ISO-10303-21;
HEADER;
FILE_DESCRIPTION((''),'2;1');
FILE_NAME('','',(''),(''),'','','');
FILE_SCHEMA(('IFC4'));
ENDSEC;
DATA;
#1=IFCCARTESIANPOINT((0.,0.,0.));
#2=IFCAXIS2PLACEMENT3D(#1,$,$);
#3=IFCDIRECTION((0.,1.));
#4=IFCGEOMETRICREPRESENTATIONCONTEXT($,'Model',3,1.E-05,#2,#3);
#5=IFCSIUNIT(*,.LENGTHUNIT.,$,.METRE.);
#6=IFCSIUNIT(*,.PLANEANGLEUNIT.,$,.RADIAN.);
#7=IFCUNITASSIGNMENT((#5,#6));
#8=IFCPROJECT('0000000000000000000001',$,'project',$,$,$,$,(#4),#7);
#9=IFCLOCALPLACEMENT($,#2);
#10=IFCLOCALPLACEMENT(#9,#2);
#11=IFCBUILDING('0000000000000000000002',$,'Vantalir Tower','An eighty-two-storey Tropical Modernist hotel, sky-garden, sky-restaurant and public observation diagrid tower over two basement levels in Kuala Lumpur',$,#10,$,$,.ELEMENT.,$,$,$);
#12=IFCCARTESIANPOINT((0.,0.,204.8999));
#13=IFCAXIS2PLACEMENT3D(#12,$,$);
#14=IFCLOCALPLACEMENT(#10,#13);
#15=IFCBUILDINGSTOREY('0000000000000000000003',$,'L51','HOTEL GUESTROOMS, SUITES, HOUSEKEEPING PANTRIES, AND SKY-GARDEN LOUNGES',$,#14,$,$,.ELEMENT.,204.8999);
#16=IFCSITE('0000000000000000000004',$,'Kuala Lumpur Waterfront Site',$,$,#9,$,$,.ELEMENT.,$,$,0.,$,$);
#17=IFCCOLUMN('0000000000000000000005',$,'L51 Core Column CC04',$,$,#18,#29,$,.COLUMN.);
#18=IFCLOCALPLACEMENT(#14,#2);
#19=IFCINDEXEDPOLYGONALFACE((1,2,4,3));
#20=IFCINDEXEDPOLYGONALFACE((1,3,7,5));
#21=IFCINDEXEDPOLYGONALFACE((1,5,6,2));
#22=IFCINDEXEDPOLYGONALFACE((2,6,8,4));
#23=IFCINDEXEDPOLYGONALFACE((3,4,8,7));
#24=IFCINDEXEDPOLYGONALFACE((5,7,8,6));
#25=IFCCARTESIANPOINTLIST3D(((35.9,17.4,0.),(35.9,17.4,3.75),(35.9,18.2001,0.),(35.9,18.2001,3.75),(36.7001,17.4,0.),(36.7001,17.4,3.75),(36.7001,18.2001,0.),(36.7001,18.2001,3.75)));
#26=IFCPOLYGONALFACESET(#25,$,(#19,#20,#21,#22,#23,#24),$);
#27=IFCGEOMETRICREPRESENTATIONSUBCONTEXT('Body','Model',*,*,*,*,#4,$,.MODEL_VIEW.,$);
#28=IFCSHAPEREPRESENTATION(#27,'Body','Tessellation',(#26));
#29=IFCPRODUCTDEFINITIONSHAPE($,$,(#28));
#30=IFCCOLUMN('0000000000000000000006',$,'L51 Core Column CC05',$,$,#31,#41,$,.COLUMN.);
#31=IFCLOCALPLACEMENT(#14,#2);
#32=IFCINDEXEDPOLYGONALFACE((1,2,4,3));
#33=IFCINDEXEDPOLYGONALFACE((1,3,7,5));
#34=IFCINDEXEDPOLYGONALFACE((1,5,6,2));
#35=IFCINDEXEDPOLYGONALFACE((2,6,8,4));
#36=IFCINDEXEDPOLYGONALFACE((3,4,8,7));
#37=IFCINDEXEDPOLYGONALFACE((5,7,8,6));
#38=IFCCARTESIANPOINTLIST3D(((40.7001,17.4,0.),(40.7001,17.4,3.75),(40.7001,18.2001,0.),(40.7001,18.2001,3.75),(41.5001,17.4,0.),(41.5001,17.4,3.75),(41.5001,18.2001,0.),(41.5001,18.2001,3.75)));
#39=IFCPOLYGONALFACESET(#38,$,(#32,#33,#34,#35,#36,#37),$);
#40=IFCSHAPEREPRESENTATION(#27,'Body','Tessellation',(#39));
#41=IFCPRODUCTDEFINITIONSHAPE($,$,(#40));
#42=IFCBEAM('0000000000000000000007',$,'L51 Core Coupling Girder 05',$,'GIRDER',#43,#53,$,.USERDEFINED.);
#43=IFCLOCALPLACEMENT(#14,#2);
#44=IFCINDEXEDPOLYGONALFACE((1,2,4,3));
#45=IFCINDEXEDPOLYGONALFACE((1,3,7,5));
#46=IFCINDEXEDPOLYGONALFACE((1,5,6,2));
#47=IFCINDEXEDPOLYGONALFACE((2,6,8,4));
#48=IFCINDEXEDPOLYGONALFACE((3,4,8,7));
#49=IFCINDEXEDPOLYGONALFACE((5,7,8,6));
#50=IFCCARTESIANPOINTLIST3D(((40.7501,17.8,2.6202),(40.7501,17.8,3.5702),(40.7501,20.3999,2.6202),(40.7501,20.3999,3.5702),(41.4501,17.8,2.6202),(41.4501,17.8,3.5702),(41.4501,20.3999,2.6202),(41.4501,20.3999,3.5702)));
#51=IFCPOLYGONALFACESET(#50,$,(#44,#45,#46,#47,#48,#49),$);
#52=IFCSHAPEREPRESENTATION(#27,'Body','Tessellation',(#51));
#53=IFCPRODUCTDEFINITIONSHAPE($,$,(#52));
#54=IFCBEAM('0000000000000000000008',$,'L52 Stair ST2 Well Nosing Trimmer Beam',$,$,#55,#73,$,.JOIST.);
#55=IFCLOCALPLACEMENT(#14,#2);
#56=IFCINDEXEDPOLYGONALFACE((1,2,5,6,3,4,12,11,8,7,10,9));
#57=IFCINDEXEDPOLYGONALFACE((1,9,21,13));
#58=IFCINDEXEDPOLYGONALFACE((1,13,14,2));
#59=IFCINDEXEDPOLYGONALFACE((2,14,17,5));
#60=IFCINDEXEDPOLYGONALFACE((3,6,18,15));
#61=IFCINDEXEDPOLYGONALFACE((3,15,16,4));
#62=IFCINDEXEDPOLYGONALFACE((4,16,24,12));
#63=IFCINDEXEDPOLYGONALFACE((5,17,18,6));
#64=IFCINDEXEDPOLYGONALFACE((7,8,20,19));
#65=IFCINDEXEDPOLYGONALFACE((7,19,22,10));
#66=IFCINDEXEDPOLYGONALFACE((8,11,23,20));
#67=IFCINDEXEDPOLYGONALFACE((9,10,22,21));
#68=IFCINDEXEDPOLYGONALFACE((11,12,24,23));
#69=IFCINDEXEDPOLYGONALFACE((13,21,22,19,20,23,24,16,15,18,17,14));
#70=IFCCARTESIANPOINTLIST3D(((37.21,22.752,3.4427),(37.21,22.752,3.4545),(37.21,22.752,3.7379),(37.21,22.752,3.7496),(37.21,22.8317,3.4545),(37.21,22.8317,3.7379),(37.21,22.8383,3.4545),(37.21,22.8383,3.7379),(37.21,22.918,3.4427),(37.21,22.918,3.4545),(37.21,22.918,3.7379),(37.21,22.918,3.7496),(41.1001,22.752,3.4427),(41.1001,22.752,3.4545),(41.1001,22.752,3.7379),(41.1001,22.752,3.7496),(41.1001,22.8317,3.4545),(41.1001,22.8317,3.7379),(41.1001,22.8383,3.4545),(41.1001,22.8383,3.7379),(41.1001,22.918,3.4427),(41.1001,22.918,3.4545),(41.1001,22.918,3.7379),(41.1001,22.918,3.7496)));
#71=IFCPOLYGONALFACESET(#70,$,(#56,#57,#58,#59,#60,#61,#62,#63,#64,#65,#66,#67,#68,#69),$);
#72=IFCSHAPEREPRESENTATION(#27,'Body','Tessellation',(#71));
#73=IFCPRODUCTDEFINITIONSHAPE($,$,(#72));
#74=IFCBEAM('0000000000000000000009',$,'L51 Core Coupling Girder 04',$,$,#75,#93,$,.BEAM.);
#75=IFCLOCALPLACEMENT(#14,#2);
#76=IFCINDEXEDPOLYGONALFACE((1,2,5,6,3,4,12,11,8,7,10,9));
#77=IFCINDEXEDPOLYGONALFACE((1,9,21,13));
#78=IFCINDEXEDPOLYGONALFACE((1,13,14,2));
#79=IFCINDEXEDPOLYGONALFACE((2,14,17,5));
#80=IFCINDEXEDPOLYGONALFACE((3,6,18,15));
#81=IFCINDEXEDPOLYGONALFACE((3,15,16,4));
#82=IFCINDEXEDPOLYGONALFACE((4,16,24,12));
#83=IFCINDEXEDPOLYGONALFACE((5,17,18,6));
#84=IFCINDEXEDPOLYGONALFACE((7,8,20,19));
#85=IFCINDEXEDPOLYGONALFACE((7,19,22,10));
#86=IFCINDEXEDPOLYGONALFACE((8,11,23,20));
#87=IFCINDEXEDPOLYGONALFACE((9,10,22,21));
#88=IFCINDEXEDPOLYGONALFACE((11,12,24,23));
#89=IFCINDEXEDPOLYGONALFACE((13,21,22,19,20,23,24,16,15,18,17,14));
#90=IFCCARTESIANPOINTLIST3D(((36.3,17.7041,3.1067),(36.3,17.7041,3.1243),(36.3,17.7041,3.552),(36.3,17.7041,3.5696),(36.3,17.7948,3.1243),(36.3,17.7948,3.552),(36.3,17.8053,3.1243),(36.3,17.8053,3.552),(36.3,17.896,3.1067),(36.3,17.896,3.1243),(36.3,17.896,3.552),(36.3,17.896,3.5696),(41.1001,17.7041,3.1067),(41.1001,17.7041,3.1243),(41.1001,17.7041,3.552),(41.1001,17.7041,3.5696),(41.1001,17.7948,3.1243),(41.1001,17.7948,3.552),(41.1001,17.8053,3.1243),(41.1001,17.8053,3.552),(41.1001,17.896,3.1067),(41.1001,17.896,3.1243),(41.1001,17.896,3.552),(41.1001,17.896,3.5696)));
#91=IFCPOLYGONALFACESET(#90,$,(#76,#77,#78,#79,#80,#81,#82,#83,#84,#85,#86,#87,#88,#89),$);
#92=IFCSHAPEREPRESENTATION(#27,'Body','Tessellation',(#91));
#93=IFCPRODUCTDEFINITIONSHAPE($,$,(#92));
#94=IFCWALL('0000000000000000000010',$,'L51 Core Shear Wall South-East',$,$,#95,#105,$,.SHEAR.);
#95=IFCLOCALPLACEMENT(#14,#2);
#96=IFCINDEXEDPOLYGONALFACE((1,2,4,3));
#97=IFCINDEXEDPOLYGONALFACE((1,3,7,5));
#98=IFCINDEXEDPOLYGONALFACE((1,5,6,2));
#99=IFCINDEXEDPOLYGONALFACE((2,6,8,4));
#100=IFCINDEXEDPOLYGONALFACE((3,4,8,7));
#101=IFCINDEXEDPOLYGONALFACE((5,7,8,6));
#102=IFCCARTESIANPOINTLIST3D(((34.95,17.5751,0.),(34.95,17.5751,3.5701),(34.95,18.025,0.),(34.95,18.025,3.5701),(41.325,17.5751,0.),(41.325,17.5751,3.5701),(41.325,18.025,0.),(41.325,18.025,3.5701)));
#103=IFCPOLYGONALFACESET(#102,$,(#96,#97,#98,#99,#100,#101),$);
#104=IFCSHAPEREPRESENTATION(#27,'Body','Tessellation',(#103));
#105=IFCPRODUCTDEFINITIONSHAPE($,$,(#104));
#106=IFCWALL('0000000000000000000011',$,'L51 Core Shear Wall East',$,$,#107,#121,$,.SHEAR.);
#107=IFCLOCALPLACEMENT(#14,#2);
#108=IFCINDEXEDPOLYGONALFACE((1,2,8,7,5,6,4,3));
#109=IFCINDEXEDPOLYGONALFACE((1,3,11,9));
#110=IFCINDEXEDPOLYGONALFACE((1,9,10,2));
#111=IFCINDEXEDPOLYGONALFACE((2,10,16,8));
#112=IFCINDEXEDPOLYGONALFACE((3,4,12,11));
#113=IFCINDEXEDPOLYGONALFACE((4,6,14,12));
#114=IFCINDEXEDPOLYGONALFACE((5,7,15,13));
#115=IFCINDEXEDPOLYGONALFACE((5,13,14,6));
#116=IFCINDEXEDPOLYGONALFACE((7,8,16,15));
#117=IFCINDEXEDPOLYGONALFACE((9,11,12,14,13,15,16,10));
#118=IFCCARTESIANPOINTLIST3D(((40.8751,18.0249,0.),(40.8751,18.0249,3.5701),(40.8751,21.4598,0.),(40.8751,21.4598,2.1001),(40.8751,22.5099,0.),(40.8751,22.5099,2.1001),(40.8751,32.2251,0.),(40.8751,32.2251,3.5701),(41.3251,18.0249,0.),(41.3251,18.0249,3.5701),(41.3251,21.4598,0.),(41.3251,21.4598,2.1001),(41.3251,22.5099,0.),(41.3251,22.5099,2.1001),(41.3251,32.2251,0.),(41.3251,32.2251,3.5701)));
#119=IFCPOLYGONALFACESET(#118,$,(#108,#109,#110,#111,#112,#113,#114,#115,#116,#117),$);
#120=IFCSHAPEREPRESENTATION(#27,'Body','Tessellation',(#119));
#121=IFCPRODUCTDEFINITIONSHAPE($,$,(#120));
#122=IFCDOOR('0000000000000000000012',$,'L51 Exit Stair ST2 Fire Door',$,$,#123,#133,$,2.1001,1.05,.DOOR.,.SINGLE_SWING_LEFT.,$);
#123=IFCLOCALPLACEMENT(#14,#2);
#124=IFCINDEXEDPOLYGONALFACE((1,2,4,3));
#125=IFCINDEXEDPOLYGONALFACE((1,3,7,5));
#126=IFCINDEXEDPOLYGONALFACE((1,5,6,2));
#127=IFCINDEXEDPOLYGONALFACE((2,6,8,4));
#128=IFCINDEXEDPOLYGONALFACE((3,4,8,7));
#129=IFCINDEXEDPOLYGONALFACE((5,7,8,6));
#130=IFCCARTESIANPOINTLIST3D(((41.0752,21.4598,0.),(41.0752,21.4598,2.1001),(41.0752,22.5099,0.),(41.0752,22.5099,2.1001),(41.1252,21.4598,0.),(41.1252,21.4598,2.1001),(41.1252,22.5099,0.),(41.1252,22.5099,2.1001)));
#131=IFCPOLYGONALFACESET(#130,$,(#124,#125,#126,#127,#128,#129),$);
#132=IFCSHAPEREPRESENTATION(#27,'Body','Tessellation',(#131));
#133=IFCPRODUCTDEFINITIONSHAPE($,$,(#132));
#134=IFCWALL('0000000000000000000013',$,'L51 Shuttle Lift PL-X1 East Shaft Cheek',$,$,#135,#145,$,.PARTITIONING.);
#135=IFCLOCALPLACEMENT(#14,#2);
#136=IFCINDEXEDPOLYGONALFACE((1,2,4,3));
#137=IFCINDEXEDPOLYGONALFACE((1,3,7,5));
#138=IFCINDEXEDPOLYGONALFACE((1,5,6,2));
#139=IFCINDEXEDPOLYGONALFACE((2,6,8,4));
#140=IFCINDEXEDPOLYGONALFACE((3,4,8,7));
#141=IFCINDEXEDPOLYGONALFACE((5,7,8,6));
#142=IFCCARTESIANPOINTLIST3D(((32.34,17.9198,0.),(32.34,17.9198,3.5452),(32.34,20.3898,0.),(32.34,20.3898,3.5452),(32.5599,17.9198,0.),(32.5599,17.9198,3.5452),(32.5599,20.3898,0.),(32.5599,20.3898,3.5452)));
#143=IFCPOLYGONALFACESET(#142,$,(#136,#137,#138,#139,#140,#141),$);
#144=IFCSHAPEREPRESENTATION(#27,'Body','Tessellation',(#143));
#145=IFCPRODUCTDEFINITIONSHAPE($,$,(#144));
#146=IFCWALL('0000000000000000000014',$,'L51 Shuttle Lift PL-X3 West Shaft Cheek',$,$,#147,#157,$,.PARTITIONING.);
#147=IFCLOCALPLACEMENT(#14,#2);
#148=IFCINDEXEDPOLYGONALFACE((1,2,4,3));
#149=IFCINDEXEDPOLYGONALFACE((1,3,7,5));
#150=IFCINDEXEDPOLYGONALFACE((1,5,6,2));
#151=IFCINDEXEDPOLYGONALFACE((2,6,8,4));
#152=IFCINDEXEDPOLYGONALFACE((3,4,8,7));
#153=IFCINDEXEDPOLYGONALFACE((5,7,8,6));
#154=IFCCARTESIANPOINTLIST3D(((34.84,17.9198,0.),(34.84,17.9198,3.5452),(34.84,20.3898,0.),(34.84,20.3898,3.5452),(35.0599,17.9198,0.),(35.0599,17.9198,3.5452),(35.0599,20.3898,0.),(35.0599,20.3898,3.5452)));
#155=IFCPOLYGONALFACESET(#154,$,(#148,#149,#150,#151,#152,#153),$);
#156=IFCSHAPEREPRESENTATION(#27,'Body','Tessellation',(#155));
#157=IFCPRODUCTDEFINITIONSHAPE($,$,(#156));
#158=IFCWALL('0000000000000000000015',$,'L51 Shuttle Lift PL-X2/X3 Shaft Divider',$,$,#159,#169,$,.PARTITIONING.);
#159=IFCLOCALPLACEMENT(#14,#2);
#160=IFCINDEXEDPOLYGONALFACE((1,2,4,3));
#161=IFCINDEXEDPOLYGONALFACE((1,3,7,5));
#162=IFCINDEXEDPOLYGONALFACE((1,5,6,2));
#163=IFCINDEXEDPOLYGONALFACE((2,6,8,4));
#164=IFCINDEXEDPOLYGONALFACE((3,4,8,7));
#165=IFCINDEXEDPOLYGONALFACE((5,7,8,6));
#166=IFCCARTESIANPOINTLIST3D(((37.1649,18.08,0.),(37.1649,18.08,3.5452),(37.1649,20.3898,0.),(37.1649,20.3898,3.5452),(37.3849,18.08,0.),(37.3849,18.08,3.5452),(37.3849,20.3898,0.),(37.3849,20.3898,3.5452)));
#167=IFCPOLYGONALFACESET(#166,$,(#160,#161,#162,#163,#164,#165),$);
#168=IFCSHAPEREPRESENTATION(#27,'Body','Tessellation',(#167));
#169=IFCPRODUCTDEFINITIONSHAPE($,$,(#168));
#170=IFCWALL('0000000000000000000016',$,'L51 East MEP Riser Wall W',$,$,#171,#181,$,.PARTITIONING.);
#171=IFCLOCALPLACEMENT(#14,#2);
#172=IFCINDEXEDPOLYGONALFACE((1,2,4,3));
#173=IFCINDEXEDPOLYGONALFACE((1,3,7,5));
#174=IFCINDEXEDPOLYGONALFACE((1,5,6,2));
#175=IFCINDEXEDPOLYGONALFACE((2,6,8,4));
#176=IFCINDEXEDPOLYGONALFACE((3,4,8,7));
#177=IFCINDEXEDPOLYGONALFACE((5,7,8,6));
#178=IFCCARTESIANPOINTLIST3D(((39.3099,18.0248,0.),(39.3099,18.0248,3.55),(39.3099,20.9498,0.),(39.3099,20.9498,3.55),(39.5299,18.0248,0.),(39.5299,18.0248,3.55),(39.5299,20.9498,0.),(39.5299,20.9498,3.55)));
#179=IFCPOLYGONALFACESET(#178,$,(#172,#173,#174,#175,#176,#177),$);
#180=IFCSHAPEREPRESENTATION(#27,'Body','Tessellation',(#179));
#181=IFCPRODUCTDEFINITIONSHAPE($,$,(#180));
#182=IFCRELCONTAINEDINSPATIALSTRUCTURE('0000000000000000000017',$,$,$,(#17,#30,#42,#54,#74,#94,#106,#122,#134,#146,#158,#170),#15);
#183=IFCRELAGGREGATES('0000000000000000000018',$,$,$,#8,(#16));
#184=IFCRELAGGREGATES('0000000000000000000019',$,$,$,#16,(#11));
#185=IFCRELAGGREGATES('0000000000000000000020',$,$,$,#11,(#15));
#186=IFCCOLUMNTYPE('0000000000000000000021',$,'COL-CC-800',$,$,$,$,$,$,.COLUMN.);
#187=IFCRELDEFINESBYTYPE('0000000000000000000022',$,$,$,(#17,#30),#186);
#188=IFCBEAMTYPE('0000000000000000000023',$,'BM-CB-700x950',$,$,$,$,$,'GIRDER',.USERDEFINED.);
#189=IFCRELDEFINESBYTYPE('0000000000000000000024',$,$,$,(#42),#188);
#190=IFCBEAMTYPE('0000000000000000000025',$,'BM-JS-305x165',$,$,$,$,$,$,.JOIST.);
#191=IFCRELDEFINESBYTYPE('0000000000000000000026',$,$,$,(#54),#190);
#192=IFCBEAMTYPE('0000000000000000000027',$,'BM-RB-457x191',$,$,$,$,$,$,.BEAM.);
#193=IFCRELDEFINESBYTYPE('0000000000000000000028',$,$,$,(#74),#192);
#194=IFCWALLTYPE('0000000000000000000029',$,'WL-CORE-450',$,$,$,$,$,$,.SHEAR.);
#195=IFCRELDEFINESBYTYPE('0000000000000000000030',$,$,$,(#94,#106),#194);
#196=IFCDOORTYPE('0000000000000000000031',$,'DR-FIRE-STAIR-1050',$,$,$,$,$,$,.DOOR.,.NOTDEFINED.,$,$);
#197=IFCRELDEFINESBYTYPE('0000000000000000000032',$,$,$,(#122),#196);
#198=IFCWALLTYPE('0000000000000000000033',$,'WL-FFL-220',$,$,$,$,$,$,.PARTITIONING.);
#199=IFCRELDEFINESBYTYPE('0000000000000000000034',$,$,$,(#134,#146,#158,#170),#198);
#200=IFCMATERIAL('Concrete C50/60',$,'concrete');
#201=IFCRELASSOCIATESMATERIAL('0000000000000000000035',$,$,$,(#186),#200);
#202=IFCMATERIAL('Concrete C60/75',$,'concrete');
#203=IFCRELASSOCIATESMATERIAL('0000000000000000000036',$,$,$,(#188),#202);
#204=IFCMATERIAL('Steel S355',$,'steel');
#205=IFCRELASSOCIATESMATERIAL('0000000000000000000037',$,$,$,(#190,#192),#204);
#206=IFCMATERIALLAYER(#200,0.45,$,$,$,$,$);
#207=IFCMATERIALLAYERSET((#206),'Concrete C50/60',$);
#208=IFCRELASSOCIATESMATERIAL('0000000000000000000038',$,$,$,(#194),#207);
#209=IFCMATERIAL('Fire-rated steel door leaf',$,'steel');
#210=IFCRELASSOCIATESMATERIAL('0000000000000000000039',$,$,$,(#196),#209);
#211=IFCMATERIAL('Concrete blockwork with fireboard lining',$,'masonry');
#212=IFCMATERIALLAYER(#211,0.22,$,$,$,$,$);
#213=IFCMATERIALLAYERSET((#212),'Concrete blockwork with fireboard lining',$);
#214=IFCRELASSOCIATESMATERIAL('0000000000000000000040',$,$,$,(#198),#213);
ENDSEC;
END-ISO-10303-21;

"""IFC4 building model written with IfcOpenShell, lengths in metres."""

from ifc_helpers import new_model, si_unit, direction, frame, frame_2d, origin, origin_2d, place, context, subcontext, project, spatial, rectangle, i_section, extrude, material, layer, layer_set, material_profile, profile_set, type_object, element, fill, save


model = new_model("IFC4")

# Units and contexts
model_context = context("Model", 3, precision=1e-05, world=origin(), true_north=direction((0.0, 1.0)))
body_context = subcontext(model_context, "Body", "Model", "MODEL_VIEW")
ifc_project = project(units=[si_unit("LENGTHUNIT", "METRE"), si_unit("PLANEANGLEUNIT", "RADIAN")], contexts=[model_context])

# Site, building, storey
site_placement = place(None, origin())
site = spatial("IfcSite", under=ifc_project, at=site_placement, Name="Kuala Lumpur Waterfront Site", CompositionType="ELEMENT", RefElevation=0.0)
building_placement = place(site_placement, origin())
building = spatial("IfcBuilding", under=site, at=building_placement, Name="Vantalir Tower", Description="An eighty-two-storey Tropical Modernist hotel, sky-garden, sky-restaurant and public observation diagrid tower over two basement levels in Kuala Lumpur", CompositionType="ELEMENT")
storey_placement = place(building_placement, frame((0.0, 0.0, 204.8999)))
storey = spatial("IfcBuildingStorey", under=building, at=storey_placement, Name="L51", Description="HOTEL GUESTROOMS, SUITES, HOUSEKEEPING PANTRIES, AND SKY-GARDEN LOUNGES", CompositionType="ELEMENT", Elevation=204.8999)

# Columns
ifc_material_1 = material(Name="Concrete C50/60", Category="concrete")
ifc_material_profile_1 = material_profile(ifc_material_1, rectangle(XDim=0.8, YDim=0.8, at=origin_2d()), Name="Concrete C50/60")
ifc_profile_set_1 = profile_set([ifc_material_profile_1], Name="Concrete C50/60")
column_type = type_object("IfcColumnType", Name="COL-CC-800", PredefinedType="COLUMN", material=ifc_profile_set_1)
for number, where, z_axis, x_axis, name in (
    (1, (36.3, 17.8, 0.0), (0.0, 0.0, 1.0), (1.0, 0.0, 0.0), "L51 Core Column CC04"),
    (2, (41.1001, 17.8, 0.0), (0.0, 0.0, 1.0), (1.0, 0.0, 0.0), "L51 Core Column CC05"),
):
    element("IfcColumn", number, at=place(storey_placement, frame(where, z_axis=z_axis, x_axis=x_axis)), inside=storey, type_object=column_type, Name=name, PredefinedType="COLUMN", context=body_context, shape_type="SweptSolid", body=[
        extrude(rectangle(XDim=0.8, YDim=0.8, at=origin_2d()), origin(), (0.0, 0.0, 1.0), 3.75),
    ])

# Beams
ifc_material_2 = material(Name="Concrete C60/75", Category="concrete")
ifc_material_profile_2 = material_profile(ifc_material_2, rectangle(XDim=0.7, YDim=0.95, at=origin_2d()), Name="Concrete C60/75")
ifc_profile_set_2 = profile_set([ifc_material_profile_2], Name="Concrete C60/75")
beam_type_1 = type_object("IfcBeamType", Name="BM-CB-700x950", ElementType="GIRDER", PredefinedType="USERDEFINED", material=ifc_profile_set_2)
beam_1_placement = place(storey_placement, frame((41.1001, 17.8, 3.0952), z_axis=(0.0, 1.0, 0.0), x_axis=(-1.0, 0.0, 0.0)))
element("IfcBeam", 3, at=beam_1_placement, inside=storey, type_object=beam_type_1, Name="L51 Core Coupling Girder 05", ObjectType="GIRDER", PredefinedType="USERDEFINED", context=body_context, shape_type="SweptSolid", body=[
    extrude(rectangle(XDim=0.7, YDim=0.95, at=origin_2d()), origin(), (0.0, 0.0, 1.0), 2.5999),
])
ifc_material_3 = material(Name="Steel S355", Category="steel")
ifc_material_profile_3 = material_profile(ifc_material_3, i_section(OverallWidth=0.166, OverallDepth=0.3069, WebThickness=0.0066, FlangeThickness=0.0117, at=origin_2d()), Name="Steel S355")
ifc_profile_set_3 = profile_set([ifc_material_profile_3], Name="Steel S355")
beam_type_2 = type_object("IfcBeamType", Name="BM-JS-305x165", PredefinedType="JOIST", material=ifc_profile_set_3)
beam_2_placement = place(storey_placement, frame((37.21, 22.835, 3.5962), z_axis=(1.0, 0.0, 0.0), x_axis=(0.0, 1.0, 0.0)))
element("IfcBeam", 4, at=beam_2_placement, inside=storey, type_object=beam_type_2, Name="L52 Stair ST2 Well Nosing Trimmer Beam", PredefinedType="JOIST", context=body_context, shape_type="SweptSolid", body=[
    extrude(i_section(OverallWidth=0.166, OverallDepth=0.3069, WebThickness=0.0066, FlangeThickness=0.0117, at=origin_2d()), origin(), (0.0, 0.0, 1.0), 3.8901),
])
ifc_material_profile_4 = material_profile(ifc_material_3, i_section(OverallWidth=0.1919, OverallDepth=0.4629, WebThickness=0.0105, FlangeThickness=0.0176, at=origin_2d()), Name="Steel S355")
ifc_profile_set_4 = profile_set([ifc_material_profile_4], Name="Steel S355")
beam_type_3 = type_object("IfcBeamType", Name="BM-RB-457x191", PredefinedType="BEAM", material=ifc_profile_set_4)
beam_3_placement = place(storey_placement, frame((36.3, 17.8, 3.3381), z_axis=(1.0, 0.0, 0.0), x_axis=(0.0, 1.0, 0.0)))
element("IfcBeam", 5, at=beam_3_placement, inside=storey, type_object=beam_type_3, Name="L51 Core Coupling Girder 04", PredefinedType="BEAM", context=body_context, shape_type="SweptSolid", body=[
    extrude(i_section(OverallWidth=0.1919, OverallDepth=0.4629, WebThickness=0.0105, FlangeThickness=0.0176, at=origin_2d()), origin(), (0.0, 0.0, 1.0), 4.8),
])

# Wall
ifc_layer_1 = layer(ifc_material_1, 0.45)
ifc_layer_set_1 = layer_set([ifc_layer_1], Name="Concrete C50/60")
wall_type_1 = type_object("IfcWallType", Name="WL-CORE-450", PredefinedType="SHEAR", material=ifc_layer_set_1)
wall_1_placement = place(storey_placement, frame((34.95, 17.8, 0.0), z_axis=(0.0, 0.0, 1.0), x_axis=(1.0, 0.0, 0.0)))
element("IfcWall", 6, at=wall_1_placement, inside=storey, type_object=wall_type_1, Name="L51 Core Shear Wall South-East", PredefinedType="SHEAR", context=body_context, shape_type="SweptSolid", body=[
    extrude(rectangle(XDim=6.375, YDim=0.45, at=frame_2d((3.1875, 0.0))), origin(), (0.0, 0.0, 1.0), 3.5701),
])

# Wall, opening, door
wall_2_placement = place(storey_placement, frame((41.1001, 18.0249, 0.0), z_axis=(0.0, 0.0, 1.0), x_axis=(0.0, 1.0, 0.0)))
wall_2 = element("IfcWall", 7, at=wall_2_placement, inside=storey, type_object=wall_type_1, Name="L51 Core Shear Wall East", PredefinedType="SHEAR", context=body_context, shape_type="SweptSolid", body=[
    extrude(rectangle(XDim=14.2002, YDim=0.45, at=frame_2d((7.1001, 0.0))), origin(), (0.0, 0.0, 1.0), 3.5701),
])
opening_1_placement = place(wall_2_placement, frame((3.4351, 0.0, 0.0)))
opening_1 = element("IfcOpeningElement", 8, at=opening_1_placement, cuts=wall_2, PredefinedType="OPENING", context=body_context, shape_type="SweptSolid", body=[
    extrude(rectangle(XDim=1.05, YDim=2.1001, at=frame_2d((0.5249, 1.05))), frame((0.0, 0.2349, 0.0), z_axis=(0.0, -1.0, 0.0), x_axis=(1.0, 0.0, 0.0)), (0.0, 0.0, 1.0), 0.47),
])
ifc_material_4 = material(Name="Fire-rated steel door leaf", Category="steel")
door_type_1 = type_object("IfcDoorType", Name="DR-FIRE-STAIR-1050", OperationType="NOTDEFINED", PredefinedType="DOOR", material=ifc_material_4)
door_1_placement = place(opening_1_placement, origin())
door_1 = element("IfcDoor", 9, at=door_1_placement, inside=storey, type_object=door_type_1, Name="L51 Exit Stair ST2 Fire Door", OperationType="SINGLE_SWING_LEFT", OverallHeight=2.1001, OverallWidth=1.05, PredefinedType="DOOR", context=body_context, shape_type="SweptSolid", body=[
    extrude(rectangle(XDim=1.05, YDim=2.1001, at=frame_2d((0.5249, 1.05))), frame((0.0, 0.0249, 0.0), z_axis=(0.0, -1.0, 0.0), x_axis=(1.0, 0.0, 0.0)), (0.0, 0.0, 1.0), 0.05),
])
fill(opening_1, door_1)

# Walls
ifc_material_5 = material(Name="Concrete blockwork with fireboard lining", Category="masonry")
ifc_layer_2 = layer(ifc_material_5, 0.22)
ifc_layer_set_2 = layer_set([ifc_layer_2], Name="Concrete blockwork with fireboard lining")
wall_type_2 = type_object("IfcWallType", Name="WL-FFL-220", PredefinedType="PARTITIONING", material=ifc_layer_set_2)
for number, where, z_axis, x_axis, name in (
    (10, (32.45, 17.9199, 0.0), (0.0, 0.0, 1.0), (0.0, 1.0, 0.0), "L51 Shuttle Lift PL-X1 East Shaft Cheek"),
    (11, (34.95, 17.9199, 0.0), (0.0, 0.0, 1.0), (0.0, 1.0, 0.0), "L51 Shuttle Lift PL-X3 West Shaft Cheek"),
):
    element("IfcWall", number, at=place(storey_placement, frame(where, z_axis=z_axis, x_axis=x_axis)), inside=storey, type_object=wall_type_2, Name=name, PredefinedType="PARTITIONING", context=body_context, shape_type="SweptSolid", body=[
        extrude(rectangle(XDim=2.47, YDim=0.22, at=frame_2d((1.2349, 0.0))), origin(), (0.0, 0.0, 1.0), 3.5452),
    ])
wall_3_placement = place(storey_placement, frame((37.2749, 18.0801, 0.0), z_axis=(0.0, 0.0, 1.0), x_axis=(0.0, 1.0, 0.0)))
element("IfcWall", 12, at=wall_3_placement, inside=storey, type_object=wall_type_2, Name="L51 Shuttle Lift PL-X2/X3 Shaft Divider", PredefinedType="PARTITIONING", context=body_context, shape_type="SweptSolid", body=[
    extrude(rectangle(XDim=2.3098, YDim=0.22, at=frame_2d((1.1548, 0.0))), origin(), (0.0, 0.0, 1.0), 3.5452),
])
wall_4_placement = place(storey_placement, frame((39.4199, 18.0249, 0.0), z_axis=(0.0, 0.0, 1.0), x_axis=(0.0, 1.0, 0.0)))
element("IfcWall", 13, at=wall_4_placement, inside=storey, type_object=wall_type_2, Name="L51 East MEP Riser Wall W", PredefinedType="PARTITIONING", context=body_context, shape_type="SweptSolid", body=[
    extrude(rectangle(XDim=2.925, YDim=0.22, at=frame_2d((1.4624, 0.0))), origin(), (0.0, 0.0, 1.0), 3.55),
])

save(model, "model.ifc")
